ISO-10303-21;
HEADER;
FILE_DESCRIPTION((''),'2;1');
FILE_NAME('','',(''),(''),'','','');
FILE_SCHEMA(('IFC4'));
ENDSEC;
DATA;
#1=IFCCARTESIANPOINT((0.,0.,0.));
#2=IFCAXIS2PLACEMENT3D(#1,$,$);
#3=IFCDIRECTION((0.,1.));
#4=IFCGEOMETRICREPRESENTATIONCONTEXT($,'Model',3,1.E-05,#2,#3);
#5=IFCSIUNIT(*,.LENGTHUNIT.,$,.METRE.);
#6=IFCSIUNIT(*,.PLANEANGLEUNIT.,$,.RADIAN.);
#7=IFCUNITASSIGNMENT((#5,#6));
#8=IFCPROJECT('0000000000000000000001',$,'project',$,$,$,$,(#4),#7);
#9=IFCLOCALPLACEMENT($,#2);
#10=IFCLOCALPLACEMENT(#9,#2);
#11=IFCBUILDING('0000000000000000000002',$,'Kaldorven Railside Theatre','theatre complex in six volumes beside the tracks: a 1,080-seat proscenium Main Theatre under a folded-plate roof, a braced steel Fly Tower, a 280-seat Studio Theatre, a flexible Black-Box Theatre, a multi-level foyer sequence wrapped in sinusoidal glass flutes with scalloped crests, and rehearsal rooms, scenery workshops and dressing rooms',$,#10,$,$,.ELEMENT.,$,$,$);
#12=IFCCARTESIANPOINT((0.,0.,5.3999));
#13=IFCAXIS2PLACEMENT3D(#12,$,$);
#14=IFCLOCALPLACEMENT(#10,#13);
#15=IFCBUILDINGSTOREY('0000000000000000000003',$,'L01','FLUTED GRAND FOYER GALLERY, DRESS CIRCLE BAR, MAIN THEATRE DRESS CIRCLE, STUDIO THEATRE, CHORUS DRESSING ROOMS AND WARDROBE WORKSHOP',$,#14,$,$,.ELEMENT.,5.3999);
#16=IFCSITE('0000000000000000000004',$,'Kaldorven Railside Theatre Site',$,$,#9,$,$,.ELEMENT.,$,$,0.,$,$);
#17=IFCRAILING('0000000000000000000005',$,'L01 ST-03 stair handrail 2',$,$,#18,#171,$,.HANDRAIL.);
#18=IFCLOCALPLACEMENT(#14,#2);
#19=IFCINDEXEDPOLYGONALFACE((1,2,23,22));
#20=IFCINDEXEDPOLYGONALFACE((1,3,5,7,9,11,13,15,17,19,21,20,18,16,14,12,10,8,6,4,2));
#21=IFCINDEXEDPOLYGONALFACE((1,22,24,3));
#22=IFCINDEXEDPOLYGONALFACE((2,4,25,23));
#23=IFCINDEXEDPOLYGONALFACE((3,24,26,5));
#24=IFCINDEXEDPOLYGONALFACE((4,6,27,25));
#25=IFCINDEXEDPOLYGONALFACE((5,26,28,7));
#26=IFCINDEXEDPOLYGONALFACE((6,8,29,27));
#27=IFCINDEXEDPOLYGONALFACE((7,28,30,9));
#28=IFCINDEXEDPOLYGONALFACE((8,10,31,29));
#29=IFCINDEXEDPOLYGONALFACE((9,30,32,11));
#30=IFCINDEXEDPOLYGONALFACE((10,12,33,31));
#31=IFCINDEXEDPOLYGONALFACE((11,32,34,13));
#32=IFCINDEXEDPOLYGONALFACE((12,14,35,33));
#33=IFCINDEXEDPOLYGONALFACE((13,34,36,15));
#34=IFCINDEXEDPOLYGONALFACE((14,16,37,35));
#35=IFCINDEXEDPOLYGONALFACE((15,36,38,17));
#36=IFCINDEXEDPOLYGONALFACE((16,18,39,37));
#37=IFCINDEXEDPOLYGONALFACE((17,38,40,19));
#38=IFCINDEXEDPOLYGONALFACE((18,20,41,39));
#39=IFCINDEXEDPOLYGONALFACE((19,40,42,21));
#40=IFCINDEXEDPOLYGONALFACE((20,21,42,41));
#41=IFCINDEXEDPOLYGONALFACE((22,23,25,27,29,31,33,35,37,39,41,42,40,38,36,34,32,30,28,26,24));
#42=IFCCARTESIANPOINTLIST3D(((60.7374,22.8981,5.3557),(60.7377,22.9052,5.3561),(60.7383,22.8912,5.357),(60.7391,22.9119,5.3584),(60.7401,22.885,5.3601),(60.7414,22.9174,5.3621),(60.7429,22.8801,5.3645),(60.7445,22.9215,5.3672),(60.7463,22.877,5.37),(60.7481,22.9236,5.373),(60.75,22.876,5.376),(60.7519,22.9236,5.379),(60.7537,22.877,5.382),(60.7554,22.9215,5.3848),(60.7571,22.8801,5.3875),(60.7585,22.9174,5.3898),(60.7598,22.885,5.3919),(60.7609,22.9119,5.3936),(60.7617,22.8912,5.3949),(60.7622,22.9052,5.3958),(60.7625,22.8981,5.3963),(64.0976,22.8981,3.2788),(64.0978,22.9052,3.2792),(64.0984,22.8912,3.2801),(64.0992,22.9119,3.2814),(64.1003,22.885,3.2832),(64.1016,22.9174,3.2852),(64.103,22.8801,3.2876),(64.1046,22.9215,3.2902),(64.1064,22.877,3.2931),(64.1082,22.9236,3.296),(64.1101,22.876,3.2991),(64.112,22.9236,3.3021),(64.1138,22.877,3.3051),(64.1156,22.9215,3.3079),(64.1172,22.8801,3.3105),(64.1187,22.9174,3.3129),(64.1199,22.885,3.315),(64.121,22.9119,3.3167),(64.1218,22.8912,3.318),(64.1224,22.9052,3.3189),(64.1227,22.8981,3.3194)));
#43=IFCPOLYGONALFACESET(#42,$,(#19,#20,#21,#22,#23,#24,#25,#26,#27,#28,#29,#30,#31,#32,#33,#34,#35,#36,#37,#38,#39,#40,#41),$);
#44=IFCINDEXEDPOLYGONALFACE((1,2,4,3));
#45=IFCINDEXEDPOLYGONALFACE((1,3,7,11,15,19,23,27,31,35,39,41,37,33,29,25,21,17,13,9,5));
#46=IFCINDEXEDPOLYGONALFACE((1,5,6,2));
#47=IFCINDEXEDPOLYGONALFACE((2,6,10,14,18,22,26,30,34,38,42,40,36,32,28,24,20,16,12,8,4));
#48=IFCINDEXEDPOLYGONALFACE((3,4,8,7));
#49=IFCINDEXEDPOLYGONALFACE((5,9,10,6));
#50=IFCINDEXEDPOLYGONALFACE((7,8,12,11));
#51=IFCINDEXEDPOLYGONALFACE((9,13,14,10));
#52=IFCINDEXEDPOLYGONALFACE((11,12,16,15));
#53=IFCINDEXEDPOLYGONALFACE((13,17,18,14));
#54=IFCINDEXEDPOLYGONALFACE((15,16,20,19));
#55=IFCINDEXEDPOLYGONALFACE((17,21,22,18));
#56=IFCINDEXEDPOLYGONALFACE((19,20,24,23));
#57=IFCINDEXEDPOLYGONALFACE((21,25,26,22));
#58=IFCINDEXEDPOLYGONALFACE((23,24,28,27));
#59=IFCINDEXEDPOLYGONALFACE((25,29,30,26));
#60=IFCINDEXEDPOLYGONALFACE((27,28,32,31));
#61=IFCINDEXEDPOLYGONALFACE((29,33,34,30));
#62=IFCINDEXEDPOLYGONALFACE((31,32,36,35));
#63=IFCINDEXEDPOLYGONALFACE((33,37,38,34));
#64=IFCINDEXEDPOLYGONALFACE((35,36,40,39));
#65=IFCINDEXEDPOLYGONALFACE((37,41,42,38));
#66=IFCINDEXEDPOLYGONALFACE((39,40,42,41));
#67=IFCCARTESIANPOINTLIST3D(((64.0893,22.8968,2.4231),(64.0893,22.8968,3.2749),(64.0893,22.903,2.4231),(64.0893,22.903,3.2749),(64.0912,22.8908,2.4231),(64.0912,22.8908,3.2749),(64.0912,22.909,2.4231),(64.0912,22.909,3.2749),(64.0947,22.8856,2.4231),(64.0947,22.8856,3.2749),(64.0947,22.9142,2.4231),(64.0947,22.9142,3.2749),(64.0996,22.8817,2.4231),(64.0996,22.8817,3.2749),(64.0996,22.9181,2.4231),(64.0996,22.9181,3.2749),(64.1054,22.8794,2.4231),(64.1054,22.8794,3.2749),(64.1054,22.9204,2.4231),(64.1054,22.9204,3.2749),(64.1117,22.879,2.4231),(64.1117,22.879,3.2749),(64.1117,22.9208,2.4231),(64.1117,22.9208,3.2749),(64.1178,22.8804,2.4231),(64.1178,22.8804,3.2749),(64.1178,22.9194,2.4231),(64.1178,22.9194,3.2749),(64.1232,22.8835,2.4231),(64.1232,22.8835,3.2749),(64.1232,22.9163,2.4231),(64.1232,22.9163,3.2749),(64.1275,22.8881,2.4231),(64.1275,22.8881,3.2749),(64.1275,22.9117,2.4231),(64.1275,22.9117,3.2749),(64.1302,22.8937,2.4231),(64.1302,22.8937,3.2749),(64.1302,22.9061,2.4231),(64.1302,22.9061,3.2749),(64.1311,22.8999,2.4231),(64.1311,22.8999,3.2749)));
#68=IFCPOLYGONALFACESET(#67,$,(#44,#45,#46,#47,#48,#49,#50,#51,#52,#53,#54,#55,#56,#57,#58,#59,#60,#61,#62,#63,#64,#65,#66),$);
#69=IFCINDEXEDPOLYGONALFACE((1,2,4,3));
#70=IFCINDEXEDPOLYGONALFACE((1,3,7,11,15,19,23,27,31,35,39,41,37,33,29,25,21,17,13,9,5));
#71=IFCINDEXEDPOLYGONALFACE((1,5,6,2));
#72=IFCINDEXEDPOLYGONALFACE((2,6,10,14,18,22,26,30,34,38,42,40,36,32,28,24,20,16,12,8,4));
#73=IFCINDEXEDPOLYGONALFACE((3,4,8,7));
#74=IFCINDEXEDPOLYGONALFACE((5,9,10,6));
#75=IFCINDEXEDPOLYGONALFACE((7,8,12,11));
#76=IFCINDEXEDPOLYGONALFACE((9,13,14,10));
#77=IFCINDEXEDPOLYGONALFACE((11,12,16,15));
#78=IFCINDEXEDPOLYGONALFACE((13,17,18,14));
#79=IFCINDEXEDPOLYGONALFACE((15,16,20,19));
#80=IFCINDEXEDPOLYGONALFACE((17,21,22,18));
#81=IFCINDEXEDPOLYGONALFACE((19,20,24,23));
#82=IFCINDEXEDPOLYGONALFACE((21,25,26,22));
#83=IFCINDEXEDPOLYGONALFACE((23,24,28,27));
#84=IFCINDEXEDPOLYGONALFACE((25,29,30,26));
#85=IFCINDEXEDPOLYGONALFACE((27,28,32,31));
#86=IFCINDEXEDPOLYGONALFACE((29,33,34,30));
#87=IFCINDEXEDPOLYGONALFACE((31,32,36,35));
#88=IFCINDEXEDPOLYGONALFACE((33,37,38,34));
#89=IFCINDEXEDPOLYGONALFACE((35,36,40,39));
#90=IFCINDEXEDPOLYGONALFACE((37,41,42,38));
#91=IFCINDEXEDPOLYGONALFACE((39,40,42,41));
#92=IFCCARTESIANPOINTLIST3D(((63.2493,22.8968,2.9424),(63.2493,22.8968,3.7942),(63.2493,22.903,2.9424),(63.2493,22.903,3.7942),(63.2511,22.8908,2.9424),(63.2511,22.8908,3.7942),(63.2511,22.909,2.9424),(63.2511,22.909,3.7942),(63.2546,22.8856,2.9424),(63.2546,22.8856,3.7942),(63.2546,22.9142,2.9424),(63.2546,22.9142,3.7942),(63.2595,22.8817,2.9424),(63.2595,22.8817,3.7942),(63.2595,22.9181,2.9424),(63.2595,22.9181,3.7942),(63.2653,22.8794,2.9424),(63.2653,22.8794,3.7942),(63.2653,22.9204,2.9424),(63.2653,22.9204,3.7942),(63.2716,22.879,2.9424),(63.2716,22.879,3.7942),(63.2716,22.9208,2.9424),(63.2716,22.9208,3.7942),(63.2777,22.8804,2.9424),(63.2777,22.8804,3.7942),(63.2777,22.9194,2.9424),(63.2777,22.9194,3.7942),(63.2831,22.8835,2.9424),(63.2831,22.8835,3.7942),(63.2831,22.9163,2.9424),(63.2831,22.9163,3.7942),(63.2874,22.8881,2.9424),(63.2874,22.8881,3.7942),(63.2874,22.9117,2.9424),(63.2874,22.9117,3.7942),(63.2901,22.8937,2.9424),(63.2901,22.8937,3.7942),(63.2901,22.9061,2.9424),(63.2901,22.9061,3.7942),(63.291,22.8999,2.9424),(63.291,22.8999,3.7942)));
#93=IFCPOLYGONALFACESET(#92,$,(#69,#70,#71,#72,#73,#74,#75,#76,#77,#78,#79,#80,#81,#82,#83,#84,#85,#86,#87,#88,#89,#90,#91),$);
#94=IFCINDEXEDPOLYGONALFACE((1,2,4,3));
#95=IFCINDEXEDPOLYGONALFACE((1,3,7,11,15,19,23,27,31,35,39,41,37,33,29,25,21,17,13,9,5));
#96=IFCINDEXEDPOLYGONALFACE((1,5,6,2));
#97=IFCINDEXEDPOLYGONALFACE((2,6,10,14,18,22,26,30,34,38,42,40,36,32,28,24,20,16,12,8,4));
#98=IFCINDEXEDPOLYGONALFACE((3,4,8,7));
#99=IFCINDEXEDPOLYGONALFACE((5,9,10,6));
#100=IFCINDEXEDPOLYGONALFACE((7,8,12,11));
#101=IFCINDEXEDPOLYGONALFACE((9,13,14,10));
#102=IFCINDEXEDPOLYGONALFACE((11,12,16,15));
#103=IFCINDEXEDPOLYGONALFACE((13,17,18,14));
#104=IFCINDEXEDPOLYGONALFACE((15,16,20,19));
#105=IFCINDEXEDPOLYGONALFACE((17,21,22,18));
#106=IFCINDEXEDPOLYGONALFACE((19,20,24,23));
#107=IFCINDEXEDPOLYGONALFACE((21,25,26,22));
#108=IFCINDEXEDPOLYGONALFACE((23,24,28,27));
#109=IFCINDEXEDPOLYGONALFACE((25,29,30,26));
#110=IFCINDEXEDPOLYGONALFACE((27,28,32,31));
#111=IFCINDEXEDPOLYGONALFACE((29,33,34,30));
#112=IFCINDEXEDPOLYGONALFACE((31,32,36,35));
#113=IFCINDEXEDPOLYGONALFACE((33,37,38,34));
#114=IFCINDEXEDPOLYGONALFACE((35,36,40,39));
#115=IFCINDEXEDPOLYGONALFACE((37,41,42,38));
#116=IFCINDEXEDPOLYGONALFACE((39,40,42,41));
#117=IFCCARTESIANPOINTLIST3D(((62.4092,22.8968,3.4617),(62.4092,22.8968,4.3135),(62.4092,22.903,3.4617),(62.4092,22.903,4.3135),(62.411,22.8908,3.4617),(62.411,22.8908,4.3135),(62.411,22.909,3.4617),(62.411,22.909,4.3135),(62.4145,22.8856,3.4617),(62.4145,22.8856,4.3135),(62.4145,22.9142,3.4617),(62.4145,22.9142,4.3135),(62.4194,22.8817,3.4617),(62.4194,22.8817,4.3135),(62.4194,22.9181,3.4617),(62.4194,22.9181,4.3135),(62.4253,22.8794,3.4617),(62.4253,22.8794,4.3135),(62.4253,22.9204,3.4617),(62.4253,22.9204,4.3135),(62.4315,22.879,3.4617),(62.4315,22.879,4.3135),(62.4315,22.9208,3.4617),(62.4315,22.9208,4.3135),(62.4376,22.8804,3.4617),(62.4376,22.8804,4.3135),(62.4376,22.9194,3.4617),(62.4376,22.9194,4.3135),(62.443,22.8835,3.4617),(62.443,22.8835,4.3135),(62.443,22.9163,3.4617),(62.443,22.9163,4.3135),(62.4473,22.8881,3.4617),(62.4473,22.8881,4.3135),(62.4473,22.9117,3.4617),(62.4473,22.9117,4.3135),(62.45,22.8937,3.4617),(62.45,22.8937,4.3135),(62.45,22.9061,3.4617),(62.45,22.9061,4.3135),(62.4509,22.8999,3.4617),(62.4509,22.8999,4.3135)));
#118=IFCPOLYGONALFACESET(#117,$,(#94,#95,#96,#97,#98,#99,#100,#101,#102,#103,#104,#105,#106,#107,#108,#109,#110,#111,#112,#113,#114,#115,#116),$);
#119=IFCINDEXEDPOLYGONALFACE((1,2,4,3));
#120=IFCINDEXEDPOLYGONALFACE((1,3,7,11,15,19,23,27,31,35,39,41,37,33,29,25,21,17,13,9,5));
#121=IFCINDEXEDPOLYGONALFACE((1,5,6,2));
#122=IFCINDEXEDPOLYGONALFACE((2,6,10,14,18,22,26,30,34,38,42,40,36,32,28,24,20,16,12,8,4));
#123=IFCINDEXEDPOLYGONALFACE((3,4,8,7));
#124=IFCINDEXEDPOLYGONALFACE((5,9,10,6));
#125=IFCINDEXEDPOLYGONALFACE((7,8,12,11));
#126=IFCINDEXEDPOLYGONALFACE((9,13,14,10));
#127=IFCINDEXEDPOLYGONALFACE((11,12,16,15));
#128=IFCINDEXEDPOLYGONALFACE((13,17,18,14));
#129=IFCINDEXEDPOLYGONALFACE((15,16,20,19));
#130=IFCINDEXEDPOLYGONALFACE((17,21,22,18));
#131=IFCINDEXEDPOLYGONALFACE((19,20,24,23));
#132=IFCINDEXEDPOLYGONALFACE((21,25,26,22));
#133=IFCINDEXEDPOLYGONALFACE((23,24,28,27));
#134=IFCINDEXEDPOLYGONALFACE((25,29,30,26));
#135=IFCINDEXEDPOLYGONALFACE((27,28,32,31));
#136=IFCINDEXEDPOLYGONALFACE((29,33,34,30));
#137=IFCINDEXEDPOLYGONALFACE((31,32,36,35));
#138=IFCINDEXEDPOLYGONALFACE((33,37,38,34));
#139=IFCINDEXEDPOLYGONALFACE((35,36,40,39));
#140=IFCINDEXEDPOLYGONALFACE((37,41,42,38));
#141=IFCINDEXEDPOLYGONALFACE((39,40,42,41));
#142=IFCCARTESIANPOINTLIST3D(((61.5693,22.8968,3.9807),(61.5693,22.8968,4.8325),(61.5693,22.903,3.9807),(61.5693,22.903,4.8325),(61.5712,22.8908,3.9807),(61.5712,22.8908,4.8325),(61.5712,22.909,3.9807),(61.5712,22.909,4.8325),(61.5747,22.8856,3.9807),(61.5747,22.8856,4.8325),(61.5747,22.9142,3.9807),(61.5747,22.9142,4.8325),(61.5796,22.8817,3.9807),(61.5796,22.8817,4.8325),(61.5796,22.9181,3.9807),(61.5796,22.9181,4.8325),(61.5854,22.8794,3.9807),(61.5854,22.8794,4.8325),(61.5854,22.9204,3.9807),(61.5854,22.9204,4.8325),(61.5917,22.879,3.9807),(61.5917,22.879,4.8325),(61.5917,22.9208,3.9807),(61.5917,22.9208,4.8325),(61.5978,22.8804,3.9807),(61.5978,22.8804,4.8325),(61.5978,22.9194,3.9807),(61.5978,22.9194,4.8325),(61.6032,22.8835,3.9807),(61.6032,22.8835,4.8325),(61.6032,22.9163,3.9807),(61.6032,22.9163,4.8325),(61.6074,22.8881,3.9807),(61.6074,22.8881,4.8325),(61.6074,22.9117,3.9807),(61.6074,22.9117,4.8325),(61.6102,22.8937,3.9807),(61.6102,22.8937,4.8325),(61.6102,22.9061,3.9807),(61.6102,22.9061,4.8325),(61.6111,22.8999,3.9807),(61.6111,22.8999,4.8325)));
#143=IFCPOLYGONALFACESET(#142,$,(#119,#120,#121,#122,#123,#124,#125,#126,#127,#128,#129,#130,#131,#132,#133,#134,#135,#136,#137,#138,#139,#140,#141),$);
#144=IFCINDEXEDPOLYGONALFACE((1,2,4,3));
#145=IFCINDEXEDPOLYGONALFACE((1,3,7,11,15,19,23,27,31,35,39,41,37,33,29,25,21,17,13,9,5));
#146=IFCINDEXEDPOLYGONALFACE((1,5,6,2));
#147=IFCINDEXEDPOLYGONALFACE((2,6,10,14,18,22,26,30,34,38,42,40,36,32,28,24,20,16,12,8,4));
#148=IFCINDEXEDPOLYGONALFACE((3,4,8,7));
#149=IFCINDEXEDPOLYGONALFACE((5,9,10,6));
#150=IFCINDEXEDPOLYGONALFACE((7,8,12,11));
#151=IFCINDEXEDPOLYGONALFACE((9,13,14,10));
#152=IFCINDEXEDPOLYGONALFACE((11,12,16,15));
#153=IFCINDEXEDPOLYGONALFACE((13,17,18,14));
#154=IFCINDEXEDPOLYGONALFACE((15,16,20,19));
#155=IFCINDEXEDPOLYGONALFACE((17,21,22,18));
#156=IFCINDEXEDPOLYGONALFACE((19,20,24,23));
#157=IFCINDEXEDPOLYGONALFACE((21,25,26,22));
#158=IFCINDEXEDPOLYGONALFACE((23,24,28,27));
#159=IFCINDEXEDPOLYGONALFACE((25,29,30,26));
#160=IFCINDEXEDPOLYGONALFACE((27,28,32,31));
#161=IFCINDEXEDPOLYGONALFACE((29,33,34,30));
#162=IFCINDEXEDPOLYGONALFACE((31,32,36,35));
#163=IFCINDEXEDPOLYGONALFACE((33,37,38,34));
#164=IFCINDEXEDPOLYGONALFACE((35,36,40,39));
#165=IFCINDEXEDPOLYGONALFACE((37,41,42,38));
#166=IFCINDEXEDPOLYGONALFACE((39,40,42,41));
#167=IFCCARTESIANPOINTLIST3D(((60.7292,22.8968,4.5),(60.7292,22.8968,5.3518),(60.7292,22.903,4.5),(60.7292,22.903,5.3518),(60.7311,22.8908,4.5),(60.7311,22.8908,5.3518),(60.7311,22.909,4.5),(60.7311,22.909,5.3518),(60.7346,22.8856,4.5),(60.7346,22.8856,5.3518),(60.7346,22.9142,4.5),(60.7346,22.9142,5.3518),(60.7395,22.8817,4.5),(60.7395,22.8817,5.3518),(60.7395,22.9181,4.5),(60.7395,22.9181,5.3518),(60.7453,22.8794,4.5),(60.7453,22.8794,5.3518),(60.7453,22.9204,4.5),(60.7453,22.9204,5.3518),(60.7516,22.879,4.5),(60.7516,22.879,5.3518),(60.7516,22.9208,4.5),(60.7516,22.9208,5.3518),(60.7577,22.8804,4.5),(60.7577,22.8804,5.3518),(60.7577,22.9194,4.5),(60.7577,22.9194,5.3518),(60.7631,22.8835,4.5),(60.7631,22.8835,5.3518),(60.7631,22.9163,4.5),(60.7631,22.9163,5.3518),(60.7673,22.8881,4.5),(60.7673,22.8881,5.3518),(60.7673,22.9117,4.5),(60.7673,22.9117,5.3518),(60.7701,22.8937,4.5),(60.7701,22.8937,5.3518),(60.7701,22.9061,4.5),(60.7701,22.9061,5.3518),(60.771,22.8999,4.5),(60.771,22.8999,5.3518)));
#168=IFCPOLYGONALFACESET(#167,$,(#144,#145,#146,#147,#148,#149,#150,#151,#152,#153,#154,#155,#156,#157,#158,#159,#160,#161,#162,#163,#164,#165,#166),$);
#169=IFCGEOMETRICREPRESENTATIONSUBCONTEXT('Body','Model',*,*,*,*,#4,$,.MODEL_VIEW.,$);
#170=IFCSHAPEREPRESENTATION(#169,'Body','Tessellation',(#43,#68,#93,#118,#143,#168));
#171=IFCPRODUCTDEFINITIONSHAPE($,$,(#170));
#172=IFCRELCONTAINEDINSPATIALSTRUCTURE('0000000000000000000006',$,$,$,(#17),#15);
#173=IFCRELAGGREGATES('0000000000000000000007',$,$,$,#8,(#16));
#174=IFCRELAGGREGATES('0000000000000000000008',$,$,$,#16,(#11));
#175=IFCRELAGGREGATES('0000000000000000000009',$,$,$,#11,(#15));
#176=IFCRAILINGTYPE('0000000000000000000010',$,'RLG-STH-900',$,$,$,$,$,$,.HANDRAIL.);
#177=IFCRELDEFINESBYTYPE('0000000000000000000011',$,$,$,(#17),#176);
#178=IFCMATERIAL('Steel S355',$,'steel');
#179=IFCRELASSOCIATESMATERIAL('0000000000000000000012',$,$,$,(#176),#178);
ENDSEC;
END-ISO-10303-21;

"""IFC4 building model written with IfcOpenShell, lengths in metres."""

from ifc_helpers import new_model, si_unit, direction, frame, origin, origin_2d, place, context, subcontext, project, spatial, circle, extrude, material, type_object, element, save


model = new_model("IFC4")

# Units and contexts
model_context = context("Model", 3, precision=1e-05, world=origin(), true_north=direction((0.0, 1.0)))
body_context = subcontext(model_context, "Body", "Model", "MODEL_VIEW")
ifc_project = project(units=[si_unit("LENGTHUNIT", "METRE"), si_unit("PLANEANGLEUNIT", "RADIAN")], contexts=[model_context])

# Site, building, storey
site_placement = place(None, origin())
site = spatial("IfcSite", under=ifc_project, at=site_placement, Name="Kaldorven Railside Theatre Site", CompositionType="ELEMENT", RefElevation=0.0)
building_placement = place(site_placement, origin())
building = spatial("IfcBuilding", under=site, at=building_placement, Name="Kaldorven Railside Theatre", Description="theatre complex in six volumes beside the tracks: a 1,080-seat proscenium Main Theatre under a folded-plate roof, a braced steel Fly Tower, a 280-seat Studio Theatre, a flexible Black-Box Theatre, a multi-level foyer sequence wrapped in sinusoidal glass flutes with scalloped crests, and rehearsal rooms, scenery workshops and dressing rooms", CompositionType="ELEMENT")
storey_placement = place(building_placement, frame((0.0, 0.0, 5.3999)))
storey = spatial("IfcBuildingStorey", under=building, at=storey_placement, Name="L01", Description="FLUTED GRAND FOYER GALLERY, DRESS CIRCLE BAR, MAIN THEATRE DRESS CIRCLE, STUDIO THEATRE, CHORUS DRESSING ROOMS AND WARDROBE WORKSHOP", CompositionType="ELEMENT", Elevation=5.3999)

# Shared definitions
ifc_material_1 = material(Name="Steel S355", Category="steel")

# Railing
railing_type_1 = type_object("IfcRailingType", Name="RLG-STH-900", PredefinedType="HANDRAIL", material=ifc_material_1)
railing_1_placement = place(storey_placement, frame((64.1101, 22.8999, 2.4231)))
element("IfcRailing", 1, at=railing_1_placement, inside=storey, type_object=railing_type_1, Name="L01 ST-03 stair handrail 2", PredefinedType="HANDRAIL", context=body_context, shape_type="SweptSolid", body=[
    extrude(circle(Radius=0.0239, at=origin_2d()), frame((0.0, 0.0, 0.876), z_axis=(-0.850623, 0.0, 0.525776), x_axis=(0.0, -1.0, 0.0)), (0.0, 0.0, 1.0), 3.9502),
    extrude(circle(Radius=0.021, at=origin_2d()), origin(), (0.0, 0.0, 1.0), 0.8518),
    extrude(circle(Radius=0.021, at=origin_2d()), frame((-0.8401, 0.0, 0.5193)), (0.0, 0.0, 1.0), 0.8518),
    extrude(circle(Radius=0.021, at=origin_2d()), frame((-1.6802, 0.0, 1.0386)), (0.0, 0.0, 1.0), 0.8518),
    extrude(circle(Radius=0.021, at=origin_2d()), frame((-2.52, 0.0, 1.5576)), (0.0, 0.0, 1.0), 0.8518),
    extrude(circle(Radius=0.021, at=origin_2d()), frame((-3.3601, 0.0, 2.0769)), (0.0, 0.0, 1.0), 0.8518),
])

save(model, "model.ifc")
